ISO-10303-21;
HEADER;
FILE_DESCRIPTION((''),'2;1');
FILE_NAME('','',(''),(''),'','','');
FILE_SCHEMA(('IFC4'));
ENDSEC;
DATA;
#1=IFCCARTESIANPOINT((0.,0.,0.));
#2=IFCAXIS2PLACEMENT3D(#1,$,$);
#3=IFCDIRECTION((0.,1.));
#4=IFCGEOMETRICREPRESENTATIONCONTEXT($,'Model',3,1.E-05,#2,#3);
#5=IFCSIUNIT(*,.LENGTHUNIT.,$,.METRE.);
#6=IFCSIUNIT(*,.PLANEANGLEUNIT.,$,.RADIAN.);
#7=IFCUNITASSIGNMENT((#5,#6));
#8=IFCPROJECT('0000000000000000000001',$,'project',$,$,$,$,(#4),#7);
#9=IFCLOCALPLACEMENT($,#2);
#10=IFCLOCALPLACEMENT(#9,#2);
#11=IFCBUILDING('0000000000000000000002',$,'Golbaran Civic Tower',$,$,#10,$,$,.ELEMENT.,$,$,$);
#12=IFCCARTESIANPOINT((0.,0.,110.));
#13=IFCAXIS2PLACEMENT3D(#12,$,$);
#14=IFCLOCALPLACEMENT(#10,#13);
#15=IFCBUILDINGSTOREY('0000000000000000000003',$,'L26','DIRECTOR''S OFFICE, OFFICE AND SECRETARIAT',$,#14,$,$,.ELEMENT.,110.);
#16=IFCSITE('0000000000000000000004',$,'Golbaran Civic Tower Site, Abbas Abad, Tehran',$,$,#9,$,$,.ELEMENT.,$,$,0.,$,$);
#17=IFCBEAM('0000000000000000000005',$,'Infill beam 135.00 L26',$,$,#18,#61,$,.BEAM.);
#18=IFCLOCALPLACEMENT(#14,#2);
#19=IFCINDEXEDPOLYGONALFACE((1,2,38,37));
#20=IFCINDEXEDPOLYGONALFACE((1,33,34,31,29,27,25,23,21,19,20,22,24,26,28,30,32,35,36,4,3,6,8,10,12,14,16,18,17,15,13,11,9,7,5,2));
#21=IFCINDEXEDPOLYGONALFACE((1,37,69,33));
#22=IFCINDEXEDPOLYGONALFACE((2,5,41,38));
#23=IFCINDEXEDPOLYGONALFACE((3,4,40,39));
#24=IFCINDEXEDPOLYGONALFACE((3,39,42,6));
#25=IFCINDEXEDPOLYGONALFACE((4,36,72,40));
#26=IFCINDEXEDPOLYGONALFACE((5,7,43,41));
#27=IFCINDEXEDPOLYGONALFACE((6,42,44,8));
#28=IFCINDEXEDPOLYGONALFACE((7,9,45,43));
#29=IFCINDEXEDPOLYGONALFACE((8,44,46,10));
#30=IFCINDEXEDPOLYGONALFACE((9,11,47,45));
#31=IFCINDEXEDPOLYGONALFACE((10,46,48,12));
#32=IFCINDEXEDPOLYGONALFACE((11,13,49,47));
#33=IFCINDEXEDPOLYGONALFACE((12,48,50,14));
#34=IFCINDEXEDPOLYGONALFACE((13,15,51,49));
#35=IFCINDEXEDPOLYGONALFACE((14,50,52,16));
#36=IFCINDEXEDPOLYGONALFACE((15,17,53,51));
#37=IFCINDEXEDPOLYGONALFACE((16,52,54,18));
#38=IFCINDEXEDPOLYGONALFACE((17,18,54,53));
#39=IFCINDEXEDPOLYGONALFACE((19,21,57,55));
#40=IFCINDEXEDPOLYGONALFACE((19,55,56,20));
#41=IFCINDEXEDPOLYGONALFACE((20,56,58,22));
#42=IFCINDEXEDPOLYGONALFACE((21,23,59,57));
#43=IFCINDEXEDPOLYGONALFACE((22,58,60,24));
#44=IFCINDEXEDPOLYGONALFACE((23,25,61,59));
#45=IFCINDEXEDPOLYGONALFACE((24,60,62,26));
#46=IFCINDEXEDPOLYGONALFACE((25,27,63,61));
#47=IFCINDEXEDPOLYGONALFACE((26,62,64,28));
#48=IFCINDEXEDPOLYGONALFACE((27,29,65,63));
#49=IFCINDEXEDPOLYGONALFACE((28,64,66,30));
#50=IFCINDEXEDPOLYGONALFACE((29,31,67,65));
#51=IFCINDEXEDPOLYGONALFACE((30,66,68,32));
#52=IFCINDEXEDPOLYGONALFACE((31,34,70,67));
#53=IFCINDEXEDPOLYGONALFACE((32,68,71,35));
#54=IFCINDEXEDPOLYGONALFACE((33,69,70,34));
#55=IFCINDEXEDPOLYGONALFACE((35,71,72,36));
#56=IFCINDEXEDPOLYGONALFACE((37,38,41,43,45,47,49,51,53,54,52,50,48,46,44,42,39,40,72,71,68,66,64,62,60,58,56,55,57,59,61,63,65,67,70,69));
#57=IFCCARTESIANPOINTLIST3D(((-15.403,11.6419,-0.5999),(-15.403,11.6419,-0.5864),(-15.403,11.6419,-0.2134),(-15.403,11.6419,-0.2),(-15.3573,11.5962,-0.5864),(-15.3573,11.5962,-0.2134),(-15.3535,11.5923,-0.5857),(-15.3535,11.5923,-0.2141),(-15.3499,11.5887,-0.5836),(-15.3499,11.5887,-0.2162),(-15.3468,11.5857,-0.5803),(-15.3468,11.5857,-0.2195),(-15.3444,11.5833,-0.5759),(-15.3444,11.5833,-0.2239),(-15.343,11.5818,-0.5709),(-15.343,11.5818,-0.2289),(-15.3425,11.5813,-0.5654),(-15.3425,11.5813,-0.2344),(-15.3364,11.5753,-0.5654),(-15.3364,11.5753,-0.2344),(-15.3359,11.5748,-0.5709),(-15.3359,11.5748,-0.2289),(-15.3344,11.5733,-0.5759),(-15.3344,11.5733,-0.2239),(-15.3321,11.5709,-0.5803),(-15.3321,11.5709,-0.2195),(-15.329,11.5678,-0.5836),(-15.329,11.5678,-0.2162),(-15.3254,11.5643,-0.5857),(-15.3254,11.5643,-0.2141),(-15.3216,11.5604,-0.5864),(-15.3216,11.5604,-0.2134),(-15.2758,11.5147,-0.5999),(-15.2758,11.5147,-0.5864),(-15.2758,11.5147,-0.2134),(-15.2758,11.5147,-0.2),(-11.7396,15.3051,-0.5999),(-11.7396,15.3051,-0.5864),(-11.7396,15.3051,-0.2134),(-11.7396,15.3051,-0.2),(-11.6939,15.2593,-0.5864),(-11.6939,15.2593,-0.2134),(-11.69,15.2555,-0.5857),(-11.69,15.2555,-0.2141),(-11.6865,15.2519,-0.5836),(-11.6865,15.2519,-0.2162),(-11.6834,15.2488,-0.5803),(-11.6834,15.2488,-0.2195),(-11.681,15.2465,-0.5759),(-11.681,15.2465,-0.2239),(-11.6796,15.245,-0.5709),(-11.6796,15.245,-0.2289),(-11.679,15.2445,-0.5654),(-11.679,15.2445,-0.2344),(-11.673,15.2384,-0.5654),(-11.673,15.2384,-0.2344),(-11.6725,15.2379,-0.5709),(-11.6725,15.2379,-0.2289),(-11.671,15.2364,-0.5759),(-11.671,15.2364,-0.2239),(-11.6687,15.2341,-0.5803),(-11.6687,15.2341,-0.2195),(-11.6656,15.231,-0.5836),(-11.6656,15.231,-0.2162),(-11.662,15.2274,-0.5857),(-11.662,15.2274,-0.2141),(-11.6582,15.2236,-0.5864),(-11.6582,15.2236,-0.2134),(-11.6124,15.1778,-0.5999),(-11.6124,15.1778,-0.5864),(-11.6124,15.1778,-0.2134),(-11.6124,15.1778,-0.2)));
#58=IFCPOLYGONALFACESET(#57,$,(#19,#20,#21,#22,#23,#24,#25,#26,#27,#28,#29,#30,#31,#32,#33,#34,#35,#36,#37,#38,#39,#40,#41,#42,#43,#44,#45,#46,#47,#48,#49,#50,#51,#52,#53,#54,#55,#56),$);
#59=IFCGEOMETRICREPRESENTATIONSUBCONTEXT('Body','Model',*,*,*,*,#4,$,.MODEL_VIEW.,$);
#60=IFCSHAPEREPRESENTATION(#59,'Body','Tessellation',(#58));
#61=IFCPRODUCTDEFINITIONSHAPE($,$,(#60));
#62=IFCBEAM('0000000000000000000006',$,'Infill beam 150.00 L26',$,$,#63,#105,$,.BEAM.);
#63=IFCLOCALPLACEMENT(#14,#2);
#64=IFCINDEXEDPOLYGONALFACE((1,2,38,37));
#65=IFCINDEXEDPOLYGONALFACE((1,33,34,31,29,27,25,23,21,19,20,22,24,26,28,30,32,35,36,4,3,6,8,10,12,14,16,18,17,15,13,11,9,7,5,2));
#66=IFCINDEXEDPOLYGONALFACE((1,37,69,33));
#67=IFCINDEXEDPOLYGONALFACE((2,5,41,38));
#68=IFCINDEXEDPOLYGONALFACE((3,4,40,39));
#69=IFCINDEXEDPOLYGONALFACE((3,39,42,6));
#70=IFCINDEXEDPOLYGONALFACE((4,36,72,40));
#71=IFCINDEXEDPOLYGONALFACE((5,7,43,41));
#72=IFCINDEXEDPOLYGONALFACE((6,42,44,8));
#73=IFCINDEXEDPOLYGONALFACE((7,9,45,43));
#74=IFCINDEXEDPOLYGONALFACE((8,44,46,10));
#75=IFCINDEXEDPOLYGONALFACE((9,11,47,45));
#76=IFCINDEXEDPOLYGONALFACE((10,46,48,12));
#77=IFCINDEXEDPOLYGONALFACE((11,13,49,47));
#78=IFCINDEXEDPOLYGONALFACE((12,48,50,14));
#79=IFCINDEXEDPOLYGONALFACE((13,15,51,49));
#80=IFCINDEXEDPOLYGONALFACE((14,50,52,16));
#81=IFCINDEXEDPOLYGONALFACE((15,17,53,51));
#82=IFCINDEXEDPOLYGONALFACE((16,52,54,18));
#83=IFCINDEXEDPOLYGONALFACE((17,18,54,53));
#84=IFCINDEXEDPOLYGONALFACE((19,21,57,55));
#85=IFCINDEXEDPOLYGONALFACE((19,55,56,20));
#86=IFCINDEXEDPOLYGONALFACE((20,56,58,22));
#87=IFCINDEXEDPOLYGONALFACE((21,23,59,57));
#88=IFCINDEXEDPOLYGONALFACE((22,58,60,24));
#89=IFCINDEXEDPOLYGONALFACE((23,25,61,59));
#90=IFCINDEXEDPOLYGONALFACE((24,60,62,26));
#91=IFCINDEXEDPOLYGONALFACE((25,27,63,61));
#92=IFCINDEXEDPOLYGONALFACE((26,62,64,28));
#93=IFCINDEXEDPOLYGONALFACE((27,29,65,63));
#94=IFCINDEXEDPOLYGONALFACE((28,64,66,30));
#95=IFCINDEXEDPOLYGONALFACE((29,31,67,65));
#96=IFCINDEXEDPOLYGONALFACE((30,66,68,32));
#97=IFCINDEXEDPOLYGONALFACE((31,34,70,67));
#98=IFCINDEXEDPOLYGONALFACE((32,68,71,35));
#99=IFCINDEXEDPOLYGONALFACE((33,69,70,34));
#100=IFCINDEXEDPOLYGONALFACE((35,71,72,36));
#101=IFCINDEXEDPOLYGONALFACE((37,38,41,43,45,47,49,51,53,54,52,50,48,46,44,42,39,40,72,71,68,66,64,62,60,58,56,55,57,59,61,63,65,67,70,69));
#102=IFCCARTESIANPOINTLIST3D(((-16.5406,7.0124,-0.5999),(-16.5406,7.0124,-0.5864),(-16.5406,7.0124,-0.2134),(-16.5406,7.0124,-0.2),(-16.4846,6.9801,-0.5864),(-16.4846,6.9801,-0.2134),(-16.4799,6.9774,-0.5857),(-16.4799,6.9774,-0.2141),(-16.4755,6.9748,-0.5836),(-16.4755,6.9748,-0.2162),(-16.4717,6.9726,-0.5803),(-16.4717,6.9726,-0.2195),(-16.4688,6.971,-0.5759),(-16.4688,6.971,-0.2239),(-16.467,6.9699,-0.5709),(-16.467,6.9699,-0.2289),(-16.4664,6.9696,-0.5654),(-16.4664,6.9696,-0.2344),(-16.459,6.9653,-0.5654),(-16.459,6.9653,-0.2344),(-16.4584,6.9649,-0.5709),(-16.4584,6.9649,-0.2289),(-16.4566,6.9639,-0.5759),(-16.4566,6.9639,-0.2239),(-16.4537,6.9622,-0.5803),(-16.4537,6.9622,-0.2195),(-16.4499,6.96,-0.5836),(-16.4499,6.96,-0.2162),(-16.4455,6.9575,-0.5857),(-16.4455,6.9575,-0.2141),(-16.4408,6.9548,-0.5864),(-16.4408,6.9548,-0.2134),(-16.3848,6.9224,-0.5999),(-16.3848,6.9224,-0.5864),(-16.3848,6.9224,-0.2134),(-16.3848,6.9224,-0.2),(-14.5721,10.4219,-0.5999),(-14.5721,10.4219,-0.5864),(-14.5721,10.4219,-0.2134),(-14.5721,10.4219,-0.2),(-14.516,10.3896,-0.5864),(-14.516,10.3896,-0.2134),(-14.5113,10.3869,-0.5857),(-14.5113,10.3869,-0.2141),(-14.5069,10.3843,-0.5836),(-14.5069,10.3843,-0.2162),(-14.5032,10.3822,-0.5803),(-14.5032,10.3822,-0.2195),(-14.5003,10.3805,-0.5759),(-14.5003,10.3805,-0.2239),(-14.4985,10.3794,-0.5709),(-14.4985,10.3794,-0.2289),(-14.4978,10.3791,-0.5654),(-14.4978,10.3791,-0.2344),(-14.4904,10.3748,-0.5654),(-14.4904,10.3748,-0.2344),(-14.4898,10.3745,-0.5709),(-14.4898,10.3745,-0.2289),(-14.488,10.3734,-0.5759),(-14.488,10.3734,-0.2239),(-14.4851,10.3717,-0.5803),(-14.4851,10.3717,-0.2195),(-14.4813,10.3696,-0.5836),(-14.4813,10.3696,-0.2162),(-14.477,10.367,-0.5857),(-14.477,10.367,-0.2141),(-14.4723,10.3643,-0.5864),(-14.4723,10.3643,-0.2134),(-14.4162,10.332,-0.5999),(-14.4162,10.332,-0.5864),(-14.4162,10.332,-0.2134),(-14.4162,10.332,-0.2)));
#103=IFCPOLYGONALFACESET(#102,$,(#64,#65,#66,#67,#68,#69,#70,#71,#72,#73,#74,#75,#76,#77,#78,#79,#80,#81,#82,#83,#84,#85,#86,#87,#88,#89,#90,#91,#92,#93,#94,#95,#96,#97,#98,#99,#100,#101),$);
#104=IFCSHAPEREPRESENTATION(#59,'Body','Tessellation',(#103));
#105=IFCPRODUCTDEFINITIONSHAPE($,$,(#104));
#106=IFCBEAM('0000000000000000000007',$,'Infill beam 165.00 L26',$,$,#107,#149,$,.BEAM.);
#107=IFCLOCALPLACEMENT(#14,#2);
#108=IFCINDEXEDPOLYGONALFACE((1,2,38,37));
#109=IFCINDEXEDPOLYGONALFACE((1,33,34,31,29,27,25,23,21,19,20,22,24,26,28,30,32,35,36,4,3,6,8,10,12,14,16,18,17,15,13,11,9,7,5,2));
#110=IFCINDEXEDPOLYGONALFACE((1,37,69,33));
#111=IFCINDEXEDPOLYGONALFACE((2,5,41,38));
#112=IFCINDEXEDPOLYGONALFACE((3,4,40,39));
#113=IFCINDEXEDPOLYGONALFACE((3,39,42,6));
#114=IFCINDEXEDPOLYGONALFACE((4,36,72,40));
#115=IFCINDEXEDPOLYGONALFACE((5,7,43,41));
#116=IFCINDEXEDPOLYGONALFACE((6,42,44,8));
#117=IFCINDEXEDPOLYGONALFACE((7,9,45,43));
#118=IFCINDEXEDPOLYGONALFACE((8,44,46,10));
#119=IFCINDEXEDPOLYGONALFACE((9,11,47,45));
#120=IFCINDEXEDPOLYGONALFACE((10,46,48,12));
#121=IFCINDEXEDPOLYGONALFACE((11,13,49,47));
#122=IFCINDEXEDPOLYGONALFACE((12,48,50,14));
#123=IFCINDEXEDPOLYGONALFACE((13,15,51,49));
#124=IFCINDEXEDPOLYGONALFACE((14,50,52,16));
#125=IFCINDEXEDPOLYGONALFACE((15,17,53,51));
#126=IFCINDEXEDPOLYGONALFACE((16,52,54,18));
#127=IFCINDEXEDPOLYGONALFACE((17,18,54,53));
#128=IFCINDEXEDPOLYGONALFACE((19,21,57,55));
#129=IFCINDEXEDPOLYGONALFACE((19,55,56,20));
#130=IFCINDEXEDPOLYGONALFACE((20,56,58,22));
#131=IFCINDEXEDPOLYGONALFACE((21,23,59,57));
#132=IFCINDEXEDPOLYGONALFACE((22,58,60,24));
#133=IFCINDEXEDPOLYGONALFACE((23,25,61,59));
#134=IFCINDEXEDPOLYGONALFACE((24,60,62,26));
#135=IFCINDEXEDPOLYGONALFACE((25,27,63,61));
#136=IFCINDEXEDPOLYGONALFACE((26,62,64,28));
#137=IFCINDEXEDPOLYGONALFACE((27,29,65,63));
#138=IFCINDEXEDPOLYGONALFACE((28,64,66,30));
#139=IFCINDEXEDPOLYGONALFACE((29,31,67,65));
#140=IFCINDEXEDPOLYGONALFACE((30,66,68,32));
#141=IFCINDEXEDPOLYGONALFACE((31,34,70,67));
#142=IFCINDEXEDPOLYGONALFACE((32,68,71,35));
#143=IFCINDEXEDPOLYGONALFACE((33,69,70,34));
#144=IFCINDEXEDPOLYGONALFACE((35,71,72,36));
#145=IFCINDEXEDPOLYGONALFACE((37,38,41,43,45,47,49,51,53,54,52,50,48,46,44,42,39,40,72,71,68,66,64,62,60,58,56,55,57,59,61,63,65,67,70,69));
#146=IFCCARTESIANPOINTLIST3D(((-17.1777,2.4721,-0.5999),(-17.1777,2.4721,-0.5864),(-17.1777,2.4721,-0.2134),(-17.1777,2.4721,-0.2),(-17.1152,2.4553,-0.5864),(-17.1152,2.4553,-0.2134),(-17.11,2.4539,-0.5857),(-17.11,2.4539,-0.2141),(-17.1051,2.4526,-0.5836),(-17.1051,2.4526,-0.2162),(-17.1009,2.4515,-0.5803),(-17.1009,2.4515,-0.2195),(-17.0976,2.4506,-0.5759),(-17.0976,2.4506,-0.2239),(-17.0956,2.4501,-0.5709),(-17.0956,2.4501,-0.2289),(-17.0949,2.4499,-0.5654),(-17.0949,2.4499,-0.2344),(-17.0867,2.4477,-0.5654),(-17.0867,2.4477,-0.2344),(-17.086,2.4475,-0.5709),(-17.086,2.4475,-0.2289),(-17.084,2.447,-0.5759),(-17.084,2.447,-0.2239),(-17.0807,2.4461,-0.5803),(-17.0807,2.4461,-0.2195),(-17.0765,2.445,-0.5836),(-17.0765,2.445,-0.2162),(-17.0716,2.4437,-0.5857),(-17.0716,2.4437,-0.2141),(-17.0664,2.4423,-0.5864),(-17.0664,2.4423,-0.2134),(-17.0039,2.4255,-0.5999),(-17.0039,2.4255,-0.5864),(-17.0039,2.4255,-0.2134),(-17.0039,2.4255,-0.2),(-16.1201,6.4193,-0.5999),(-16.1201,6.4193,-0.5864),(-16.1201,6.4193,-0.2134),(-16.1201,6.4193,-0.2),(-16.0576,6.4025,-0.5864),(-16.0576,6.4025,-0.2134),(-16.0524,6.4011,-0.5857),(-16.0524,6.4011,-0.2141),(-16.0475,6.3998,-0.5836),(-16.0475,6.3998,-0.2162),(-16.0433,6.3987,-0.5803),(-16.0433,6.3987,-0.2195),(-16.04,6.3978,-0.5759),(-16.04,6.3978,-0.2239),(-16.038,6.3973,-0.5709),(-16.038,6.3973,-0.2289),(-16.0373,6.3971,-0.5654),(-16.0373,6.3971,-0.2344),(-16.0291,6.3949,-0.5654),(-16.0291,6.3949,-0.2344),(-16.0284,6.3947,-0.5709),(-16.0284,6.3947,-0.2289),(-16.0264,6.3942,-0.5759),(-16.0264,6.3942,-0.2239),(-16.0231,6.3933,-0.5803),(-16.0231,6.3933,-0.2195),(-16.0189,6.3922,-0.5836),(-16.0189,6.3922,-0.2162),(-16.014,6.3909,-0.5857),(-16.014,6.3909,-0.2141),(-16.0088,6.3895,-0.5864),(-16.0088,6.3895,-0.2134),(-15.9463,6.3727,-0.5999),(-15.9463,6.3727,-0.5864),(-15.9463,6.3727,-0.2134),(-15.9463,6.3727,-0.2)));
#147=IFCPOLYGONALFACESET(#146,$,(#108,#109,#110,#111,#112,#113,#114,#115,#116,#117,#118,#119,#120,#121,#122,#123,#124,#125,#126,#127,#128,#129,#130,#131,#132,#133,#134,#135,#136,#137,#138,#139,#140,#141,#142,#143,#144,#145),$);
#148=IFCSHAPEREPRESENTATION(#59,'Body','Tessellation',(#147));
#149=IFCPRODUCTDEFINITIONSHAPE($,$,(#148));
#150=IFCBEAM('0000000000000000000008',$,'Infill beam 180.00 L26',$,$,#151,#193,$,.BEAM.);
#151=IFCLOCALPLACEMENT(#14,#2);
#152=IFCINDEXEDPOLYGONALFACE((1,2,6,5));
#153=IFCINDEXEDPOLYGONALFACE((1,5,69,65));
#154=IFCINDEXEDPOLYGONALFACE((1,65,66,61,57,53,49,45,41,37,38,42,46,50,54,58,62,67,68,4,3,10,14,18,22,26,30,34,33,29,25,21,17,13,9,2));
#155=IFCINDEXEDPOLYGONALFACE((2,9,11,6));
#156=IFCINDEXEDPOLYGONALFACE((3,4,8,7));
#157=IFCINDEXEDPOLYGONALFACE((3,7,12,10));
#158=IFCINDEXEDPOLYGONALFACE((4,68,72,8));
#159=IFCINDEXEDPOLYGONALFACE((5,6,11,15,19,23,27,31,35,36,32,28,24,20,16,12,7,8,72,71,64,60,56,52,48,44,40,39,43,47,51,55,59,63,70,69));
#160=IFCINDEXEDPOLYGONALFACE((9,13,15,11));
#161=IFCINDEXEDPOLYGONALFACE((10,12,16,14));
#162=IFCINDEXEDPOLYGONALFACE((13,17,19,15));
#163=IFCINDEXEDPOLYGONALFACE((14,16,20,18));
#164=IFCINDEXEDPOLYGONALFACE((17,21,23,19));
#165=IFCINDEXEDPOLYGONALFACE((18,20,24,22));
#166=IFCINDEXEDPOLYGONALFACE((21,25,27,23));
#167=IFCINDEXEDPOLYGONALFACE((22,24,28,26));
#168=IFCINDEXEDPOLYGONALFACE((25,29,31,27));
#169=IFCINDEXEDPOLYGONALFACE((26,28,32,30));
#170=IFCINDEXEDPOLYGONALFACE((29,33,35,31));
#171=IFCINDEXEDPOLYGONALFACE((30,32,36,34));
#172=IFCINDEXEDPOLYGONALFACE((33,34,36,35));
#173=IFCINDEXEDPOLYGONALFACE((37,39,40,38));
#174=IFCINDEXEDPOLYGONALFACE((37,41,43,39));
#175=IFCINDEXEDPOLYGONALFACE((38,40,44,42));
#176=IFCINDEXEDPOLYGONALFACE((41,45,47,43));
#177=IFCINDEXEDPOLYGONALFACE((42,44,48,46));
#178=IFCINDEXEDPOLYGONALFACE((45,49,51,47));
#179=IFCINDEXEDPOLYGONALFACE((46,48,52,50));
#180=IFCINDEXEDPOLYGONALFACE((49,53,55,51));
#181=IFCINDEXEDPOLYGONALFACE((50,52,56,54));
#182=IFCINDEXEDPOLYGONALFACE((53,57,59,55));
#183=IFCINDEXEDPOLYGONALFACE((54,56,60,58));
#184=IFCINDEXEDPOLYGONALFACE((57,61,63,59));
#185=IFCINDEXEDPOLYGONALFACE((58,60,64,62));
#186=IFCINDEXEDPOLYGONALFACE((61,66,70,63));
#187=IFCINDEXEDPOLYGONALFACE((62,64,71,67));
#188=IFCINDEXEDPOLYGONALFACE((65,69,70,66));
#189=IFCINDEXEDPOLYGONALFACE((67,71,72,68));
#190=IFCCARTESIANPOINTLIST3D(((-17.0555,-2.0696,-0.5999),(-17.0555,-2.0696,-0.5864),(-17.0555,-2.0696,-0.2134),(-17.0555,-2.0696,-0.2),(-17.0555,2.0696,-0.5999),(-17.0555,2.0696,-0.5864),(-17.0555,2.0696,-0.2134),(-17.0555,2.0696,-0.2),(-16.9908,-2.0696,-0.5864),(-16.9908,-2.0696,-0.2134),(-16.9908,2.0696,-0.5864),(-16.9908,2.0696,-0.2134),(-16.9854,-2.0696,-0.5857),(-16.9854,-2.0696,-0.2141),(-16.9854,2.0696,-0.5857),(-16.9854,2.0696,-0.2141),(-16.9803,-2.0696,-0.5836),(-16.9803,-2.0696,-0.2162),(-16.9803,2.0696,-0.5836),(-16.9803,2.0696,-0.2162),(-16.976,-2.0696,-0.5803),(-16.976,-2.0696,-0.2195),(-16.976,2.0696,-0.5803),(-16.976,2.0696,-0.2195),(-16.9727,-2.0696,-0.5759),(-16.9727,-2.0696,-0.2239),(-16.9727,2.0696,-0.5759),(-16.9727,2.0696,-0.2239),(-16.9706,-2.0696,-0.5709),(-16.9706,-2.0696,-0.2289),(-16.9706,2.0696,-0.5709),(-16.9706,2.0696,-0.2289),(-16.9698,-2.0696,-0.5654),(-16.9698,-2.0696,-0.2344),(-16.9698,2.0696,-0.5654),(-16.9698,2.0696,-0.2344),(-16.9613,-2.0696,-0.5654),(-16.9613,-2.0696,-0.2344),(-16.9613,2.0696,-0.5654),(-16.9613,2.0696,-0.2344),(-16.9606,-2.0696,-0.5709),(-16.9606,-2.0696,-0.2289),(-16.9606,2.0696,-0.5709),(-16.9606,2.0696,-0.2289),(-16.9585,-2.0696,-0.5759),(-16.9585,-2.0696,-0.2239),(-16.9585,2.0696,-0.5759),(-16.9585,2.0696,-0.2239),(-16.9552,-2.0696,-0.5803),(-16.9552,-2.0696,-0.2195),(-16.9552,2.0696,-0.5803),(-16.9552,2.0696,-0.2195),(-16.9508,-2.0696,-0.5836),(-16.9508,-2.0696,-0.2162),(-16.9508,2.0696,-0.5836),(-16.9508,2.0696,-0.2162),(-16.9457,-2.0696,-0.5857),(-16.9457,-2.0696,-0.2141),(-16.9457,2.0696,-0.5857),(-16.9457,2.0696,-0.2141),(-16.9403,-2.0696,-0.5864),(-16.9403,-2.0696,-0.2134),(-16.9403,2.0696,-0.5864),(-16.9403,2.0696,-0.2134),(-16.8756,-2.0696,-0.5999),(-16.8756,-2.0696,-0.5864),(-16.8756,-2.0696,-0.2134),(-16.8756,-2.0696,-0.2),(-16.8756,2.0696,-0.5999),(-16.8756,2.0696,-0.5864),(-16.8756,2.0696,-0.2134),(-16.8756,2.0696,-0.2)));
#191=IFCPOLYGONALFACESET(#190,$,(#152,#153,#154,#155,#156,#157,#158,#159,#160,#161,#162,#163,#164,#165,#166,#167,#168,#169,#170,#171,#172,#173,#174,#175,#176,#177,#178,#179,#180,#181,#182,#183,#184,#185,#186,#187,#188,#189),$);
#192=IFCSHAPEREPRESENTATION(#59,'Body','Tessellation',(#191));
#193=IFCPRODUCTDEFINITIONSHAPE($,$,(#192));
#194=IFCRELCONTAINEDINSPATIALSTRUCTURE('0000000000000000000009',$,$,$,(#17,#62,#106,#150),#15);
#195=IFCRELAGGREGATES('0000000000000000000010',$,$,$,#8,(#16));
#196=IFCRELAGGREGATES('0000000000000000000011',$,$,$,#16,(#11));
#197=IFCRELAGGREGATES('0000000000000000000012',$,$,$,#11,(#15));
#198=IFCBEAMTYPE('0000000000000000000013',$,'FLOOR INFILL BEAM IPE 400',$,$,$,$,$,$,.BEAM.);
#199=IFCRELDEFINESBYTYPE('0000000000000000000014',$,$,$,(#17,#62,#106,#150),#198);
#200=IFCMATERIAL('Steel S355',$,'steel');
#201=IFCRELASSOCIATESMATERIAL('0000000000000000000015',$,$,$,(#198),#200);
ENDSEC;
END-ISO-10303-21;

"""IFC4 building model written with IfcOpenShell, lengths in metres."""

from ifc_helpers import new_model, si_unit, direction, frame, origin, origin_2d, place, context, subcontext, project, spatial, i_section, extrude, material, material_profile, profile_set, type_object, element, save


model = new_model("IFC4")

# Units and contexts
model_context = context("Model", 3, precision=1e-05, world=origin(), true_north=direction((0.0, 1.0)))
body_context = subcontext(model_context, "Body", "Model", "MODEL_VIEW")
ifc_project = project(units=[si_unit("LENGTHUNIT", "METRE"), si_unit("PLANEANGLEUNIT", "RADIAN")], contexts=[model_context])

# Site, building, storey
site_placement = place(None, origin())
site = spatial("IfcSite", under=ifc_project, at=site_placement, Name="Golbaran Civic Tower Site, Abbas Abad, Tehran", CompositionType="ELEMENT", RefElevation=0.0)
building_placement = place(site_placement, origin())
building = spatial("IfcBuilding", under=site, at=building_placement, Name="Golbaran Civic Tower", CompositionType="ELEMENT")
storey_placement = place(building_placement, frame((0.0, 0.0, 110.0)))
storey = spatial("IfcBuildingStorey", under=building, at=storey_placement, Name="L26", Description="DIRECTOR'S OFFICE, OFFICE AND SECRETARIAT", CompositionType="ELEMENT", Elevation=110.0)

# Beams
ifc_material_1 = material(Name="Steel S355", Category="steel")
ifc_material_profile_1 = material_profile(ifc_material_1, i_section(OverallWidth=0.1799, OverallDepth=0.3999, WebThickness=0.0085, FlangeThickness=0.0134, FilletRadius=0.021, at=origin_2d()), Name="IPE 400")
ifc_profile_set_1 = profile_set([ifc_material_profile_1], Name="Steel S355")
beam_type_1 = type_object("IfcBeamType", Name="FLOOR INFILL BEAM IPE 400", PredefinedType="BEAM", material=ifc_profile_set_1)
beam_1_placement = place(storey_placement, frame((-11.676, 15.2415, -0.3999), z_axis=(-0.70713, -0.707083, 0.0), x_axis=(0.707083, -0.70713, 0.0)))
element("IfcBeam", 1, at=beam_1_placement, inside=storey, type_object=beam_type_1, Name="Infill beam 135.00 L26", PredefinedType="BEAM", context=body_context, shape_type="SweptSolid", body=[
    extrude(i_section(OverallWidth=0.1799, OverallDepth=0.3999, WebThickness=0.0085, FlangeThickness=0.0134, FilletRadius=0.021, at=origin_2d()), origin(), (0.0, 0.0, 1.0), 5.1807),
])
beam_2_placement = place(storey_placement, frame((-14.4941, 10.377, -0.3999), z_axis=(-0.500014, -0.866017, 0.0), x_axis=(0.866017, -0.500014, 0.0)))
element("IfcBeam", 2, at=beam_2_placement, inside=storey, type_object=beam_type_1, Name="Infill beam 150.00 L26", PredefinedType="BEAM", context=body_context, shape_type="SweptSolid", body=[
    extrude(i_section(OverallWidth=0.1799, OverallDepth=0.3999, WebThickness=0.0085, FlangeThickness=0.0134, FilletRadius=0.021, at=origin_2d()), origin(), (0.0, 0.0, 1.0), 3.937),
])
beam_3_placement = place(storey_placement, frame((-16.0332, 6.396, -0.3999), z_axis=(-0.258808, -0.965929, 0.0), x_axis=(0.965929, -0.258808, 0.0)))
element("IfcBeam", 3, at=beam_3_placement, inside=storey, type_object=beam_type_1, Name="Infill beam 165.00 L26", PredefinedType="BEAM", context=body_context, shape_type="SweptSolid", body=[
    extrude(i_section(OverallWidth=0.1799, OverallDepth=0.3999, WebThickness=0.0085, FlangeThickness=0.0134, FilletRadius=0.021, at=origin_2d()), origin(), (0.0, 0.0, 1.0), 4.0864),
])
beam_4_placement = place(storey_placement, frame((-16.9656, 2.0696, -0.3999), z_axis=(0.0, -1.0, 0.0), x_axis=(1.0, 0.0, 0.0)))
element("IfcBeam", 4, at=beam_4_placement, inside=storey, type_object=beam_type_1, Name="Infill beam 180.00 L26", PredefinedType="BEAM", context=body_context, shape_type="SweptSolid", body=[
    extrude(i_section(OverallWidth=0.1799, OverallDepth=0.3999, WebThickness=0.0085, FlangeThickness=0.0134, FilletRadius=0.021, at=origin_2d()), origin(), (0.0, 0.0, 1.0), 4.1392),
])

save(model, "model.ifc")
